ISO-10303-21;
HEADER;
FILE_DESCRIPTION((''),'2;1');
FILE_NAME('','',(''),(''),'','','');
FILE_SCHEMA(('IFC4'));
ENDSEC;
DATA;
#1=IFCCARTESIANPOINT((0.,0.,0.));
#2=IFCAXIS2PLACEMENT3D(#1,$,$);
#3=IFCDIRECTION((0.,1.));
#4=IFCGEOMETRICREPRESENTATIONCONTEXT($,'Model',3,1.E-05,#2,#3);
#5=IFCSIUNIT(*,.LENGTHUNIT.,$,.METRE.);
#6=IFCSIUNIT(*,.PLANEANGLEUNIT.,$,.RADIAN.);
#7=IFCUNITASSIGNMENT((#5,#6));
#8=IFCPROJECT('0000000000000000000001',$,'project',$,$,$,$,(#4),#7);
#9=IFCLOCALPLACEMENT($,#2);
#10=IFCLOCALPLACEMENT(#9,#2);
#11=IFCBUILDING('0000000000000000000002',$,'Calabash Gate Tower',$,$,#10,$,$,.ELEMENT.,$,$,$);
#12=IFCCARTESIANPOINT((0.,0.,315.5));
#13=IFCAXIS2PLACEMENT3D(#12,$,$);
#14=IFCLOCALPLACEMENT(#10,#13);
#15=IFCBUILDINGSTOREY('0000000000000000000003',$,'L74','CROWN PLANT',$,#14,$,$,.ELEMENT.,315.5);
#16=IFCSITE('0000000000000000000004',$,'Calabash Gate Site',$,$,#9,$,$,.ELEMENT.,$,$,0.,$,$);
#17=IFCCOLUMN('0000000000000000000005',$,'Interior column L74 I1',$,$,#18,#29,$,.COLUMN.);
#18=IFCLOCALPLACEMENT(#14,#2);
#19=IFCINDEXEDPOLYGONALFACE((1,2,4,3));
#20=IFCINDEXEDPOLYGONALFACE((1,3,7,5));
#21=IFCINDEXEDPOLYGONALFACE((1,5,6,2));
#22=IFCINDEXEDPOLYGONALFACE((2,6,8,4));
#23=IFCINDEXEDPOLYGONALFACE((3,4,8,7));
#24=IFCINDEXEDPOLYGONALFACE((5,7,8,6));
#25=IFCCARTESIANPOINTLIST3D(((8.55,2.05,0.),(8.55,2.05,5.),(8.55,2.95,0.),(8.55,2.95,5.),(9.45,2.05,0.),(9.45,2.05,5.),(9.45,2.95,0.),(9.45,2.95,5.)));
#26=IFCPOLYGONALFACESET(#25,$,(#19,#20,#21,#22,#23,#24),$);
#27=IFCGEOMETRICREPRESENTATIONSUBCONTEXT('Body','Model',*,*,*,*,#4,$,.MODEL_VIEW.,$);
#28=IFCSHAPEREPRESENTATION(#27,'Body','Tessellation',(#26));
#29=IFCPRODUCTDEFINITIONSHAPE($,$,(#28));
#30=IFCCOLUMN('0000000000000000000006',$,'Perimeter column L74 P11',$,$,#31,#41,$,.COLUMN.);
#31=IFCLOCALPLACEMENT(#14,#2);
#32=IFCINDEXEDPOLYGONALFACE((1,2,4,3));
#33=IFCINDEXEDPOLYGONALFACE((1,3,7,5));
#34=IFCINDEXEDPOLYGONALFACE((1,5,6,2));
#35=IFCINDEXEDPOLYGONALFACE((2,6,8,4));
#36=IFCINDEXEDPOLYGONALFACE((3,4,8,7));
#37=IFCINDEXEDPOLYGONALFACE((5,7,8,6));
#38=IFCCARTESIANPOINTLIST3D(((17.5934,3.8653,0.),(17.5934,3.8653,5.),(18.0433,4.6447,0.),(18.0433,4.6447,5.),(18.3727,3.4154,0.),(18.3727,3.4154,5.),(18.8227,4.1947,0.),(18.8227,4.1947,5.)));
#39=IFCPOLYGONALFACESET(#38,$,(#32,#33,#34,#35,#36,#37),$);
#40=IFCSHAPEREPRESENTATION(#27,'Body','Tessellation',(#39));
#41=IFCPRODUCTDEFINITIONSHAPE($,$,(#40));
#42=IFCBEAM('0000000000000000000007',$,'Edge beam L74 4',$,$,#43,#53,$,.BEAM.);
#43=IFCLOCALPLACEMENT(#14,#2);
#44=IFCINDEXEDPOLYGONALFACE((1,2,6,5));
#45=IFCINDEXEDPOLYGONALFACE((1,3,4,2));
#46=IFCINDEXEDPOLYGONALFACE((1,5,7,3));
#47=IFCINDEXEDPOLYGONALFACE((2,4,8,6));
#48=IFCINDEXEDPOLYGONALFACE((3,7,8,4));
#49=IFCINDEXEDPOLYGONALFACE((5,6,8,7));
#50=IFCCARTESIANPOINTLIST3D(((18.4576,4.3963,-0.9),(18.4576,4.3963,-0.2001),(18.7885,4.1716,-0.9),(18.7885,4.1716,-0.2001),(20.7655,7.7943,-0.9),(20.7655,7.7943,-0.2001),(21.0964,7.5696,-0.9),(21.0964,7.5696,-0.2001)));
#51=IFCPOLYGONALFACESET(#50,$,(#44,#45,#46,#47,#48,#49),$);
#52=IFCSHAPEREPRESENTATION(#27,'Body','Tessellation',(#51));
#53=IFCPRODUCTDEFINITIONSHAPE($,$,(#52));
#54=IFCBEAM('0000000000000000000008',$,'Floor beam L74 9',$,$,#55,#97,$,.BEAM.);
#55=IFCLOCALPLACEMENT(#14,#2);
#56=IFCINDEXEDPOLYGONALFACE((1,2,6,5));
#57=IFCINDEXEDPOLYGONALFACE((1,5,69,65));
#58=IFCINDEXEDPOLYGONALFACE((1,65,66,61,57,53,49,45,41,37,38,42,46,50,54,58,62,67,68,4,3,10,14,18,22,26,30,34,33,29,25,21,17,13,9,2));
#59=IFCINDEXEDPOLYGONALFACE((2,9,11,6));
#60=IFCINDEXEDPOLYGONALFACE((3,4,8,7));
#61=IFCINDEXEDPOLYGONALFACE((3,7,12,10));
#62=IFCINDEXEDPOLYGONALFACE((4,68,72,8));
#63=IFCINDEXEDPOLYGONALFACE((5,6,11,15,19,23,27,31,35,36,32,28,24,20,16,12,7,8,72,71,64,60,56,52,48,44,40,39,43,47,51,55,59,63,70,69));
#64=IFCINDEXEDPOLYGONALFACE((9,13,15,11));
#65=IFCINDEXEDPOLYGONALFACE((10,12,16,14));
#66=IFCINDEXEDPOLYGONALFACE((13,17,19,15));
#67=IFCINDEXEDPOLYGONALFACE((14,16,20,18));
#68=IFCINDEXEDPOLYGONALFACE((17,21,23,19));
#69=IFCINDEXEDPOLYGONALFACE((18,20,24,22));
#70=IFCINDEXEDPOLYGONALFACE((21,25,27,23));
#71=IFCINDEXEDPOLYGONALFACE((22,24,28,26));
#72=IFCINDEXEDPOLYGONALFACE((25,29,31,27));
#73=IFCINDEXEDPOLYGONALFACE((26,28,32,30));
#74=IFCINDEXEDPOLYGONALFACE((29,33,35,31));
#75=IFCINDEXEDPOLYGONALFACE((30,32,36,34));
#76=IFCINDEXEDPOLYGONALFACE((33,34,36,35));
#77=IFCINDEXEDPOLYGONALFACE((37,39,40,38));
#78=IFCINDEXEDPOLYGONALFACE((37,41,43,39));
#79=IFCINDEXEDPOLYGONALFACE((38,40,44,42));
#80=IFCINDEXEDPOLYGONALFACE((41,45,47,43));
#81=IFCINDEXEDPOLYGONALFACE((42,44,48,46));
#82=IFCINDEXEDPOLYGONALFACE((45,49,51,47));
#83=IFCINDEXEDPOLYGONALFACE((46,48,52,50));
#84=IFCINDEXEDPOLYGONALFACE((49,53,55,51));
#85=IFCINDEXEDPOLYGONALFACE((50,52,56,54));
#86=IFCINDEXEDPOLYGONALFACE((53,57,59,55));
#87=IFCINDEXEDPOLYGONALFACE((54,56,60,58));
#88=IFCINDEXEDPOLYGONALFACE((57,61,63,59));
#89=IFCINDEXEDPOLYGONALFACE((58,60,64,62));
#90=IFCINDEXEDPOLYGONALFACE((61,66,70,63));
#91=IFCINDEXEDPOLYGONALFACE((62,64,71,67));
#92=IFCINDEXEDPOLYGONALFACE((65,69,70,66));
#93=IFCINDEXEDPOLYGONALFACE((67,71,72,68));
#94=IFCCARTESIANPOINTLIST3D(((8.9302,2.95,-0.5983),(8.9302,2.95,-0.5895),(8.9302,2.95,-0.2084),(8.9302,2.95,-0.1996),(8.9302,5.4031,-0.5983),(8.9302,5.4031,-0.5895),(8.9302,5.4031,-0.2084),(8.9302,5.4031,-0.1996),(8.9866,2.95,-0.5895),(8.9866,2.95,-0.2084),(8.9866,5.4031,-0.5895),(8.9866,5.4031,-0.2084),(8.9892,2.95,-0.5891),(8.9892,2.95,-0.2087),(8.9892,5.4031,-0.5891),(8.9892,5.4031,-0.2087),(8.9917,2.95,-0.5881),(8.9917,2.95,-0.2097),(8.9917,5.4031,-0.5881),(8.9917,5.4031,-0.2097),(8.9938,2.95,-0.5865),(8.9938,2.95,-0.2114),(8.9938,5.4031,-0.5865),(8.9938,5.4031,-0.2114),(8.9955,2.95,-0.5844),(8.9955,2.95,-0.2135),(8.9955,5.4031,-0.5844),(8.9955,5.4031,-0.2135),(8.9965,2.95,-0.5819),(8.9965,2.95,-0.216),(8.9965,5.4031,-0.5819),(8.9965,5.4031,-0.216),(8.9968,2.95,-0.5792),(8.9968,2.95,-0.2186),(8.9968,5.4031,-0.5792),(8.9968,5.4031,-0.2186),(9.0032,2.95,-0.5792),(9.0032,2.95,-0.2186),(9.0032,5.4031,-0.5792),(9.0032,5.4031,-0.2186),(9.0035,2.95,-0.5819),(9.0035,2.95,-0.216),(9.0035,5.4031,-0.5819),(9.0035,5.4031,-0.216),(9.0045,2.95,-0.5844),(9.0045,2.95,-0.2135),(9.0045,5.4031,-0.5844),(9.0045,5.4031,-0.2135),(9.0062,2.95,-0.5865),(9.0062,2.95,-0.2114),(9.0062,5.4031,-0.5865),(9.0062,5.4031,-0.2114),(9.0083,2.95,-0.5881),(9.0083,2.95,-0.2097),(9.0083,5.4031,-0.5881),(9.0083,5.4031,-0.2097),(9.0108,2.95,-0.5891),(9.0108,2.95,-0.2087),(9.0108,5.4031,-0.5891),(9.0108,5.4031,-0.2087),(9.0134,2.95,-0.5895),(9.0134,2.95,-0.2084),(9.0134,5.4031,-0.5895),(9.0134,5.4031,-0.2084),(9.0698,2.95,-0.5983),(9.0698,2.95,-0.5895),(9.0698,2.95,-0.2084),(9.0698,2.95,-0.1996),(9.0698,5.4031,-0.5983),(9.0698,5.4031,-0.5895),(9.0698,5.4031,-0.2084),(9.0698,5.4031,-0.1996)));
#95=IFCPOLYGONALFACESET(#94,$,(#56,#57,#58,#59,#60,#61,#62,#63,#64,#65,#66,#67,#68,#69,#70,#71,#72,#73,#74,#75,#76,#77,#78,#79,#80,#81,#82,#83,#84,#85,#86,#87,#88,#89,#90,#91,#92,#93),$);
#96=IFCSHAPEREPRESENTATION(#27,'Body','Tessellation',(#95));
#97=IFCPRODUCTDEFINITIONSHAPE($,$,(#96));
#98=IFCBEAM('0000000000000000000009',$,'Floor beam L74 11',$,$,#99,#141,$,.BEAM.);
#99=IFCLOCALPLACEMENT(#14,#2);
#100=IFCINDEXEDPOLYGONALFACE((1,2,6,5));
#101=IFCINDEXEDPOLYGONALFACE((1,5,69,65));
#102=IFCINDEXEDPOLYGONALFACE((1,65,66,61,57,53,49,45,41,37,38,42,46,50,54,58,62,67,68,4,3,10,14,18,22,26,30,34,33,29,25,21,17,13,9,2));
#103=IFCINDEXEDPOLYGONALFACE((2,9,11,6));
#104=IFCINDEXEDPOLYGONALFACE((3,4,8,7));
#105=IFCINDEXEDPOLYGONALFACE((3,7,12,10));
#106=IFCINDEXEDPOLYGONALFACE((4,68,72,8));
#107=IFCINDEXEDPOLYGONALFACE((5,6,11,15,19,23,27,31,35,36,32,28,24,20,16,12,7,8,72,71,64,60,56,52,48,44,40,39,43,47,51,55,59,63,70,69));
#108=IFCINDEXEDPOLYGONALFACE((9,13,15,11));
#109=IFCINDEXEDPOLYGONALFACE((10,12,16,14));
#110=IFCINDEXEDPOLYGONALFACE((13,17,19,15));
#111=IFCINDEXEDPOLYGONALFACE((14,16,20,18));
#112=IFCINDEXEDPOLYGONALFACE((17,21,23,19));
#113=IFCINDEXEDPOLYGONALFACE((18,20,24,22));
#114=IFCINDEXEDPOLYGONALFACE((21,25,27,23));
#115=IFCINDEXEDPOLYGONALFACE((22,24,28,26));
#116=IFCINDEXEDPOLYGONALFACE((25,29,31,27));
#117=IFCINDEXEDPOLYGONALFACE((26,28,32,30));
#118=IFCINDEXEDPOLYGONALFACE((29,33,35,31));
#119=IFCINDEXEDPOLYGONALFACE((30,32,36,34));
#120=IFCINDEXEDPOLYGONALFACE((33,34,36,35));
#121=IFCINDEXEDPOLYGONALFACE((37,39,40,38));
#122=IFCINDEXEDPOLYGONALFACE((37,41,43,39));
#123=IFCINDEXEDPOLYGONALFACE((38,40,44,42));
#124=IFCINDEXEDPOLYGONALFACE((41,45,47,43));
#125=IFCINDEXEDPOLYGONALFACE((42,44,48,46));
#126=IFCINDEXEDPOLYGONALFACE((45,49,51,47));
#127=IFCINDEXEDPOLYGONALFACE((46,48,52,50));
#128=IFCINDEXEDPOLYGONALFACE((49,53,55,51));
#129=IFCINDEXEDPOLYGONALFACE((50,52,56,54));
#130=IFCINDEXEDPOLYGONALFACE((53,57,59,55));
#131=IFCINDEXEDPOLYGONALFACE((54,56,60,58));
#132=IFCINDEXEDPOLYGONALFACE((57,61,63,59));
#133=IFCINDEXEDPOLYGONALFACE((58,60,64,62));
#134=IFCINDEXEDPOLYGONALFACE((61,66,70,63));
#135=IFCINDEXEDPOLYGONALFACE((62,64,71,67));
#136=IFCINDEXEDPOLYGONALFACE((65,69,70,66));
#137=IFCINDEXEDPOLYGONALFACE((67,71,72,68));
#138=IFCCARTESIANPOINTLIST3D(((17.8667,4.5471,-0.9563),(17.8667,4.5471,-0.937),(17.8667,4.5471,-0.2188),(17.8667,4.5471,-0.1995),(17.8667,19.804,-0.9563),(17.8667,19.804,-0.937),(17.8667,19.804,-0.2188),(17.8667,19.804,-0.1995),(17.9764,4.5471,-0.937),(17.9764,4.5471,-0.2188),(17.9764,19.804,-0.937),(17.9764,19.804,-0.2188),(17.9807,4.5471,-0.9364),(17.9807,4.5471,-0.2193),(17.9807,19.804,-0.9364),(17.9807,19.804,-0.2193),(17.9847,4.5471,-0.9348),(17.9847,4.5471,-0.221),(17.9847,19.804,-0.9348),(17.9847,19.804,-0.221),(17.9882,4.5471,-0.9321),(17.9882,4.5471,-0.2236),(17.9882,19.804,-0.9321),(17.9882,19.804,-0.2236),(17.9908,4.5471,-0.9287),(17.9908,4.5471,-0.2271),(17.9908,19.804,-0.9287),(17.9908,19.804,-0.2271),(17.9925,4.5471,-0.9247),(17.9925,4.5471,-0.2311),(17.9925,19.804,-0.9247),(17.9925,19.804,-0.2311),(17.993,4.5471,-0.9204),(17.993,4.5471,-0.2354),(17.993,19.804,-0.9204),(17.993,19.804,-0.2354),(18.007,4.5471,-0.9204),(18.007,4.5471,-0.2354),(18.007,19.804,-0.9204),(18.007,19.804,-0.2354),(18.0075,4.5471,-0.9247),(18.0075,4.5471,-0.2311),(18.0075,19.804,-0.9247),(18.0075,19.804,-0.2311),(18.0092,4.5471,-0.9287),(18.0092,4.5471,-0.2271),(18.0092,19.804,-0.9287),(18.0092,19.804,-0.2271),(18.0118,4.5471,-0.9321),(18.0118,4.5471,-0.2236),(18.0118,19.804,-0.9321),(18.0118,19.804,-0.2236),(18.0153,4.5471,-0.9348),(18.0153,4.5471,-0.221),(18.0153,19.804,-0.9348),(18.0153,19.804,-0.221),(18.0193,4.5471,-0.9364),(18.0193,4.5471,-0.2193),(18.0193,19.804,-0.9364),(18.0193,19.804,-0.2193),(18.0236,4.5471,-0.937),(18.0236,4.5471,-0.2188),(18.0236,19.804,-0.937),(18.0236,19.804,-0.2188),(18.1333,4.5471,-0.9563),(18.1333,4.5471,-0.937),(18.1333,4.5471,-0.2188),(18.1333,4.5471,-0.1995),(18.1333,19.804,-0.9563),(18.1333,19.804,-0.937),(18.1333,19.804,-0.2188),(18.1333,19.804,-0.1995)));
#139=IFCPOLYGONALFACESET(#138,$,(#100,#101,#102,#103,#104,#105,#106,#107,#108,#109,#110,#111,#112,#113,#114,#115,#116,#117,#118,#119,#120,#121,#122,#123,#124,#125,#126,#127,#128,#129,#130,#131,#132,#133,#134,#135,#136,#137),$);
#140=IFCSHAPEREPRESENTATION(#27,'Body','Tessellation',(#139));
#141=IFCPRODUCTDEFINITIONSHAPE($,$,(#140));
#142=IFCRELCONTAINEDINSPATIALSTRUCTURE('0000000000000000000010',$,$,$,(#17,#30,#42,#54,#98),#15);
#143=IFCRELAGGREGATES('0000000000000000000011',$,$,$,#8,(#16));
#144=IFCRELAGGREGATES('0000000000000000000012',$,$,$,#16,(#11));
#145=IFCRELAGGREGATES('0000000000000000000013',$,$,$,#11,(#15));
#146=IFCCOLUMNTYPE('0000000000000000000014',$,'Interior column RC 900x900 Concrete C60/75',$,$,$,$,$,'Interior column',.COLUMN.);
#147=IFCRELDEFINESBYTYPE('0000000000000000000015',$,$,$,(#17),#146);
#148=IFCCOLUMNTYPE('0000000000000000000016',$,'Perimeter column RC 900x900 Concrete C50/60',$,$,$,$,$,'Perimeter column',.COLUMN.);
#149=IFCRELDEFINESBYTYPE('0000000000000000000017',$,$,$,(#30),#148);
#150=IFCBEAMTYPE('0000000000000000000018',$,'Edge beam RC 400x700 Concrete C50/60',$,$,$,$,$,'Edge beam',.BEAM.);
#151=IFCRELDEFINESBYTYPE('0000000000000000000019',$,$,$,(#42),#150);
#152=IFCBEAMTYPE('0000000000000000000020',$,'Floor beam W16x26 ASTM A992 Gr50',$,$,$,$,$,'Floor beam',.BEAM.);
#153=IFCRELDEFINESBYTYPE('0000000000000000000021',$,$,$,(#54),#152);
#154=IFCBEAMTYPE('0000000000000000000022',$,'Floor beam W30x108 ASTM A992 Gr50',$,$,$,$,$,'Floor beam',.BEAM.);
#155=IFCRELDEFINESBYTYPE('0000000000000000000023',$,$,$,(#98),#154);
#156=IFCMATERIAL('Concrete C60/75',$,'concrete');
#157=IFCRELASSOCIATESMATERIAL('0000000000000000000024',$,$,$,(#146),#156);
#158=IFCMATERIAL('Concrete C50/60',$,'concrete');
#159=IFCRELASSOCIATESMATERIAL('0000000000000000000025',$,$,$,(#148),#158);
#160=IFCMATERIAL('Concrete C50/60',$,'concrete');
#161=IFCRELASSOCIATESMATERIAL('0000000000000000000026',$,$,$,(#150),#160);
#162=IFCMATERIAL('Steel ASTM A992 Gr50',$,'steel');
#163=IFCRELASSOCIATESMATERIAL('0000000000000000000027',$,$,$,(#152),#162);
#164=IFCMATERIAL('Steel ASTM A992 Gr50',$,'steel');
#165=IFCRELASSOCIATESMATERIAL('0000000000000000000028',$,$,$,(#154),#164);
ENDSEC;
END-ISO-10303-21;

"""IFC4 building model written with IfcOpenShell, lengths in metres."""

from ifc_helpers import new_model, si_unit, direction, frame, origin, origin_2d, place, context, subcontext, project, spatial, rectangle, i_section, extrude, material, material_profile, profile_set, type_object, element, save


model = new_model("IFC4")

# Units and contexts
model_context = context("Model", 3, precision=1e-05, world=origin(), true_north=direction((0.0, 1.0)))
body_context = subcontext(model_context, "Body", "Model", "MODEL_VIEW")
ifc_project = project(units=[si_unit("LENGTHUNIT", "METRE"), si_unit("PLANEANGLEUNIT", "RADIAN")], contexts=[model_context])

# Site, building, storey
site_placement = place(None, origin())
site = spatial("IfcSite", under=ifc_project, at=site_placement, Name="Calabash Gate Site", CompositionType="ELEMENT", RefElevation=0.0)
building_placement = place(site_placement, origin())
building = spatial("IfcBuilding", under=site, at=building_placement, Name="Calabash Gate Tower", CompositionType="ELEMENT")
storey_placement = place(building_placement, frame((0.0, 0.0, 315.5)))
storey = spatial("IfcBuildingStorey", under=building, at=storey_placement, Name="L74", Description="CROWN PLANT", CompositionType="ELEMENT", Elevation=315.5)

# Columns
ifc_material_1 = material(Name="Concrete C60/75", Category="concrete")
ifc_material_profile_1 = material_profile(ifc_material_1, rectangle(XDim=0.8999, YDim=0.8999, at=origin_2d()))
ifc_profile_set_1 = profile_set([ifc_material_profile_1], Name="Concrete C60/75")
column_type_1 = type_object("IfcColumnType", Name="Interior column RC 900x900 Concrete C60/75", ElementType="Interior column", PredefinedType="COLUMN", material=ifc_profile_set_1)
column_1_placement = place(storey_placement, frame((9.0, 2.5, 0.0), z_axis=(0.0, 0.0, 1.0), x_axis=(1.0, 0.0, 0.0)))
element("IfcColumn", 1, at=column_1_placement, inside=storey, type_object=column_type_1, Name="Interior column L74 I1", PredefinedType="COLUMN", context=body_context, shape_type="SweptSolid", body=[
    extrude(rectangle(XDim=0.8999, YDim=0.8999, at=origin_2d()), origin(), (0.0, 0.0, 1.0), 5.0),
])
ifc_material_2 = material(Name="Concrete C50/60", Category="concrete")
ifc_material_profile_2 = material_profile(ifc_material_2, rectangle(XDim=0.8999, YDim=0.8999, at=origin_2d()))
ifc_profile_set_2 = profile_set([ifc_material_profile_2], Name="Concrete C50/60")
column_type_2 = type_object("IfcColumnType", Name="Perimeter column RC 900x900 Concrete C50/60", ElementType="Perimeter column", PredefinedType="COLUMN", material=ifc_profile_set_2)
column_2_placement = place(storey_placement, frame((18.208, 4.03, 0.0), z_axis=(0.0, 0.0, 1.0), x_axis=(0.5, 0.866025, 0.0)))
element("IfcColumn", 2, at=column_2_placement, inside=storey, type_object=column_type_2, Name="Perimeter column L74 P11", PredefinedType="COLUMN", context=body_context, shape_type="SweptSolid", body=[
    extrude(rectangle(XDim=0.8999, YDim=0.8999, at=origin_2d()), origin(), (0.0, 0.0, 1.0), 5.0),
])

# Beams
ifc_material_3 = material(Name="Concrete C50/60", Category="concrete")
ifc_material_profile_3 = material_profile(ifc_material_3, rectangle(XDim=0.3999, YDim=0.7, at=origin_2d()))
ifc_profile_set_3 = profile_set([ifc_material_profile_3], Name="Concrete C50/60")
beam_type_1 = type_object("IfcBeamType", Name="Edge beam RC 400x700 Concrete C50/60", ElementType="Edge beam", PredefinedType="BEAM", material=ifc_profile_set_3)
beam_1_placement = place(storey_placement, frame((18.623, 4.2839, -0.55), z_axis=(0.561853, 0.827237, 0.0), x_axis=(-0.827237, 0.561853, 0.0)))
element("IfcBeam", 3, at=beam_1_placement, inside=storey, type_object=beam_type_1, Name="Edge beam L74 4", PredefinedType="BEAM", context=body_context, shape_type="SweptSolid", body=[
    extrude(rectangle(XDim=0.3999, YDim=0.7, at=origin_2d()), origin(), (0.0, 0.0, 1.0), 4.1077),
])
ifc_material_4 = material(Name="Steel ASTM A992 Gr50", Category="steel")
ifc_material_profile_4 = material_profile(ifc_material_4, i_section(OverallWidth=0.1396, OverallDepth=0.3987, WebThickness=0.0063, FlangeThickness=0.0088, FilletRadius=0.0103, at=origin_2d()))
ifc_profile_set_4 = profile_set([ifc_material_profile_4], Name="Steel ASTM A992 Gr50")
beam_type_2 = type_object("IfcBeamType", Name="Floor beam W16x26 ASTM A992 Gr50", ElementType="Floor beam", PredefinedType="BEAM", material=ifc_profile_set_4)
beam_2_placement = place(storey_placement, frame((9.0, 2.95, -0.3989), z_axis=(0.0, 1.0, 0.0), x_axis=(-1.0, 0.0, 0.0)))
element("IfcBeam", 4, at=beam_2_placement, inside=storey, type_object=beam_type_2, Name="Floor beam L74 9", PredefinedType="BEAM", context=body_context, shape_type="SweptSolid", body=[
    extrude(i_section(OverallWidth=0.1396, OverallDepth=0.3987, WebThickness=0.0063, FlangeThickness=0.0088, FilletRadius=0.0103, at=origin_2d()), origin(), (0.0, 0.0, 1.0), 2.4531),
])
ifc_material_5 = material(Name="Steel ASTM A992 Gr50", Category="steel")
ifc_material_profile_5 = material_profile(ifc_material_5, i_section(OverallWidth=0.2666, OverallDepth=0.7568, WebThickness=0.0139, FlangeThickness=0.0193, FilletRadius=0.0166, at=origin_2d()))
ifc_profile_set_5 = profile_set([ifc_material_profile_5], Name="Steel ASTM A992 Gr50")
beam_type_3 = type_object("IfcBeamType", Name="Floor beam W30x108 ASTM A992 Gr50", ElementType="Floor beam", PredefinedType="BEAM", material=ifc_profile_set_5)
beam_3_placement = place(storey_placement, frame((18.0, 4.5471, -0.5779), z_axis=(0.0, 1.0, 0.0), x_axis=(-1.0, 0.0, 0.0)))
element("IfcBeam", 5, at=beam_3_placement, inside=storey, type_object=beam_type_3, Name="Floor beam L74 11", PredefinedType="BEAM", context=body_context, shape_type="SweptSolid", body=[
    extrude(i_section(OverallWidth=0.2666, OverallDepth=0.7568, WebThickness=0.0139, FlangeThickness=0.0193, FilletRadius=0.0166, at=origin_2d()), origin(), (0.0, 0.0, 1.0), 15.2568),
])

save(model, "model.ifc")
